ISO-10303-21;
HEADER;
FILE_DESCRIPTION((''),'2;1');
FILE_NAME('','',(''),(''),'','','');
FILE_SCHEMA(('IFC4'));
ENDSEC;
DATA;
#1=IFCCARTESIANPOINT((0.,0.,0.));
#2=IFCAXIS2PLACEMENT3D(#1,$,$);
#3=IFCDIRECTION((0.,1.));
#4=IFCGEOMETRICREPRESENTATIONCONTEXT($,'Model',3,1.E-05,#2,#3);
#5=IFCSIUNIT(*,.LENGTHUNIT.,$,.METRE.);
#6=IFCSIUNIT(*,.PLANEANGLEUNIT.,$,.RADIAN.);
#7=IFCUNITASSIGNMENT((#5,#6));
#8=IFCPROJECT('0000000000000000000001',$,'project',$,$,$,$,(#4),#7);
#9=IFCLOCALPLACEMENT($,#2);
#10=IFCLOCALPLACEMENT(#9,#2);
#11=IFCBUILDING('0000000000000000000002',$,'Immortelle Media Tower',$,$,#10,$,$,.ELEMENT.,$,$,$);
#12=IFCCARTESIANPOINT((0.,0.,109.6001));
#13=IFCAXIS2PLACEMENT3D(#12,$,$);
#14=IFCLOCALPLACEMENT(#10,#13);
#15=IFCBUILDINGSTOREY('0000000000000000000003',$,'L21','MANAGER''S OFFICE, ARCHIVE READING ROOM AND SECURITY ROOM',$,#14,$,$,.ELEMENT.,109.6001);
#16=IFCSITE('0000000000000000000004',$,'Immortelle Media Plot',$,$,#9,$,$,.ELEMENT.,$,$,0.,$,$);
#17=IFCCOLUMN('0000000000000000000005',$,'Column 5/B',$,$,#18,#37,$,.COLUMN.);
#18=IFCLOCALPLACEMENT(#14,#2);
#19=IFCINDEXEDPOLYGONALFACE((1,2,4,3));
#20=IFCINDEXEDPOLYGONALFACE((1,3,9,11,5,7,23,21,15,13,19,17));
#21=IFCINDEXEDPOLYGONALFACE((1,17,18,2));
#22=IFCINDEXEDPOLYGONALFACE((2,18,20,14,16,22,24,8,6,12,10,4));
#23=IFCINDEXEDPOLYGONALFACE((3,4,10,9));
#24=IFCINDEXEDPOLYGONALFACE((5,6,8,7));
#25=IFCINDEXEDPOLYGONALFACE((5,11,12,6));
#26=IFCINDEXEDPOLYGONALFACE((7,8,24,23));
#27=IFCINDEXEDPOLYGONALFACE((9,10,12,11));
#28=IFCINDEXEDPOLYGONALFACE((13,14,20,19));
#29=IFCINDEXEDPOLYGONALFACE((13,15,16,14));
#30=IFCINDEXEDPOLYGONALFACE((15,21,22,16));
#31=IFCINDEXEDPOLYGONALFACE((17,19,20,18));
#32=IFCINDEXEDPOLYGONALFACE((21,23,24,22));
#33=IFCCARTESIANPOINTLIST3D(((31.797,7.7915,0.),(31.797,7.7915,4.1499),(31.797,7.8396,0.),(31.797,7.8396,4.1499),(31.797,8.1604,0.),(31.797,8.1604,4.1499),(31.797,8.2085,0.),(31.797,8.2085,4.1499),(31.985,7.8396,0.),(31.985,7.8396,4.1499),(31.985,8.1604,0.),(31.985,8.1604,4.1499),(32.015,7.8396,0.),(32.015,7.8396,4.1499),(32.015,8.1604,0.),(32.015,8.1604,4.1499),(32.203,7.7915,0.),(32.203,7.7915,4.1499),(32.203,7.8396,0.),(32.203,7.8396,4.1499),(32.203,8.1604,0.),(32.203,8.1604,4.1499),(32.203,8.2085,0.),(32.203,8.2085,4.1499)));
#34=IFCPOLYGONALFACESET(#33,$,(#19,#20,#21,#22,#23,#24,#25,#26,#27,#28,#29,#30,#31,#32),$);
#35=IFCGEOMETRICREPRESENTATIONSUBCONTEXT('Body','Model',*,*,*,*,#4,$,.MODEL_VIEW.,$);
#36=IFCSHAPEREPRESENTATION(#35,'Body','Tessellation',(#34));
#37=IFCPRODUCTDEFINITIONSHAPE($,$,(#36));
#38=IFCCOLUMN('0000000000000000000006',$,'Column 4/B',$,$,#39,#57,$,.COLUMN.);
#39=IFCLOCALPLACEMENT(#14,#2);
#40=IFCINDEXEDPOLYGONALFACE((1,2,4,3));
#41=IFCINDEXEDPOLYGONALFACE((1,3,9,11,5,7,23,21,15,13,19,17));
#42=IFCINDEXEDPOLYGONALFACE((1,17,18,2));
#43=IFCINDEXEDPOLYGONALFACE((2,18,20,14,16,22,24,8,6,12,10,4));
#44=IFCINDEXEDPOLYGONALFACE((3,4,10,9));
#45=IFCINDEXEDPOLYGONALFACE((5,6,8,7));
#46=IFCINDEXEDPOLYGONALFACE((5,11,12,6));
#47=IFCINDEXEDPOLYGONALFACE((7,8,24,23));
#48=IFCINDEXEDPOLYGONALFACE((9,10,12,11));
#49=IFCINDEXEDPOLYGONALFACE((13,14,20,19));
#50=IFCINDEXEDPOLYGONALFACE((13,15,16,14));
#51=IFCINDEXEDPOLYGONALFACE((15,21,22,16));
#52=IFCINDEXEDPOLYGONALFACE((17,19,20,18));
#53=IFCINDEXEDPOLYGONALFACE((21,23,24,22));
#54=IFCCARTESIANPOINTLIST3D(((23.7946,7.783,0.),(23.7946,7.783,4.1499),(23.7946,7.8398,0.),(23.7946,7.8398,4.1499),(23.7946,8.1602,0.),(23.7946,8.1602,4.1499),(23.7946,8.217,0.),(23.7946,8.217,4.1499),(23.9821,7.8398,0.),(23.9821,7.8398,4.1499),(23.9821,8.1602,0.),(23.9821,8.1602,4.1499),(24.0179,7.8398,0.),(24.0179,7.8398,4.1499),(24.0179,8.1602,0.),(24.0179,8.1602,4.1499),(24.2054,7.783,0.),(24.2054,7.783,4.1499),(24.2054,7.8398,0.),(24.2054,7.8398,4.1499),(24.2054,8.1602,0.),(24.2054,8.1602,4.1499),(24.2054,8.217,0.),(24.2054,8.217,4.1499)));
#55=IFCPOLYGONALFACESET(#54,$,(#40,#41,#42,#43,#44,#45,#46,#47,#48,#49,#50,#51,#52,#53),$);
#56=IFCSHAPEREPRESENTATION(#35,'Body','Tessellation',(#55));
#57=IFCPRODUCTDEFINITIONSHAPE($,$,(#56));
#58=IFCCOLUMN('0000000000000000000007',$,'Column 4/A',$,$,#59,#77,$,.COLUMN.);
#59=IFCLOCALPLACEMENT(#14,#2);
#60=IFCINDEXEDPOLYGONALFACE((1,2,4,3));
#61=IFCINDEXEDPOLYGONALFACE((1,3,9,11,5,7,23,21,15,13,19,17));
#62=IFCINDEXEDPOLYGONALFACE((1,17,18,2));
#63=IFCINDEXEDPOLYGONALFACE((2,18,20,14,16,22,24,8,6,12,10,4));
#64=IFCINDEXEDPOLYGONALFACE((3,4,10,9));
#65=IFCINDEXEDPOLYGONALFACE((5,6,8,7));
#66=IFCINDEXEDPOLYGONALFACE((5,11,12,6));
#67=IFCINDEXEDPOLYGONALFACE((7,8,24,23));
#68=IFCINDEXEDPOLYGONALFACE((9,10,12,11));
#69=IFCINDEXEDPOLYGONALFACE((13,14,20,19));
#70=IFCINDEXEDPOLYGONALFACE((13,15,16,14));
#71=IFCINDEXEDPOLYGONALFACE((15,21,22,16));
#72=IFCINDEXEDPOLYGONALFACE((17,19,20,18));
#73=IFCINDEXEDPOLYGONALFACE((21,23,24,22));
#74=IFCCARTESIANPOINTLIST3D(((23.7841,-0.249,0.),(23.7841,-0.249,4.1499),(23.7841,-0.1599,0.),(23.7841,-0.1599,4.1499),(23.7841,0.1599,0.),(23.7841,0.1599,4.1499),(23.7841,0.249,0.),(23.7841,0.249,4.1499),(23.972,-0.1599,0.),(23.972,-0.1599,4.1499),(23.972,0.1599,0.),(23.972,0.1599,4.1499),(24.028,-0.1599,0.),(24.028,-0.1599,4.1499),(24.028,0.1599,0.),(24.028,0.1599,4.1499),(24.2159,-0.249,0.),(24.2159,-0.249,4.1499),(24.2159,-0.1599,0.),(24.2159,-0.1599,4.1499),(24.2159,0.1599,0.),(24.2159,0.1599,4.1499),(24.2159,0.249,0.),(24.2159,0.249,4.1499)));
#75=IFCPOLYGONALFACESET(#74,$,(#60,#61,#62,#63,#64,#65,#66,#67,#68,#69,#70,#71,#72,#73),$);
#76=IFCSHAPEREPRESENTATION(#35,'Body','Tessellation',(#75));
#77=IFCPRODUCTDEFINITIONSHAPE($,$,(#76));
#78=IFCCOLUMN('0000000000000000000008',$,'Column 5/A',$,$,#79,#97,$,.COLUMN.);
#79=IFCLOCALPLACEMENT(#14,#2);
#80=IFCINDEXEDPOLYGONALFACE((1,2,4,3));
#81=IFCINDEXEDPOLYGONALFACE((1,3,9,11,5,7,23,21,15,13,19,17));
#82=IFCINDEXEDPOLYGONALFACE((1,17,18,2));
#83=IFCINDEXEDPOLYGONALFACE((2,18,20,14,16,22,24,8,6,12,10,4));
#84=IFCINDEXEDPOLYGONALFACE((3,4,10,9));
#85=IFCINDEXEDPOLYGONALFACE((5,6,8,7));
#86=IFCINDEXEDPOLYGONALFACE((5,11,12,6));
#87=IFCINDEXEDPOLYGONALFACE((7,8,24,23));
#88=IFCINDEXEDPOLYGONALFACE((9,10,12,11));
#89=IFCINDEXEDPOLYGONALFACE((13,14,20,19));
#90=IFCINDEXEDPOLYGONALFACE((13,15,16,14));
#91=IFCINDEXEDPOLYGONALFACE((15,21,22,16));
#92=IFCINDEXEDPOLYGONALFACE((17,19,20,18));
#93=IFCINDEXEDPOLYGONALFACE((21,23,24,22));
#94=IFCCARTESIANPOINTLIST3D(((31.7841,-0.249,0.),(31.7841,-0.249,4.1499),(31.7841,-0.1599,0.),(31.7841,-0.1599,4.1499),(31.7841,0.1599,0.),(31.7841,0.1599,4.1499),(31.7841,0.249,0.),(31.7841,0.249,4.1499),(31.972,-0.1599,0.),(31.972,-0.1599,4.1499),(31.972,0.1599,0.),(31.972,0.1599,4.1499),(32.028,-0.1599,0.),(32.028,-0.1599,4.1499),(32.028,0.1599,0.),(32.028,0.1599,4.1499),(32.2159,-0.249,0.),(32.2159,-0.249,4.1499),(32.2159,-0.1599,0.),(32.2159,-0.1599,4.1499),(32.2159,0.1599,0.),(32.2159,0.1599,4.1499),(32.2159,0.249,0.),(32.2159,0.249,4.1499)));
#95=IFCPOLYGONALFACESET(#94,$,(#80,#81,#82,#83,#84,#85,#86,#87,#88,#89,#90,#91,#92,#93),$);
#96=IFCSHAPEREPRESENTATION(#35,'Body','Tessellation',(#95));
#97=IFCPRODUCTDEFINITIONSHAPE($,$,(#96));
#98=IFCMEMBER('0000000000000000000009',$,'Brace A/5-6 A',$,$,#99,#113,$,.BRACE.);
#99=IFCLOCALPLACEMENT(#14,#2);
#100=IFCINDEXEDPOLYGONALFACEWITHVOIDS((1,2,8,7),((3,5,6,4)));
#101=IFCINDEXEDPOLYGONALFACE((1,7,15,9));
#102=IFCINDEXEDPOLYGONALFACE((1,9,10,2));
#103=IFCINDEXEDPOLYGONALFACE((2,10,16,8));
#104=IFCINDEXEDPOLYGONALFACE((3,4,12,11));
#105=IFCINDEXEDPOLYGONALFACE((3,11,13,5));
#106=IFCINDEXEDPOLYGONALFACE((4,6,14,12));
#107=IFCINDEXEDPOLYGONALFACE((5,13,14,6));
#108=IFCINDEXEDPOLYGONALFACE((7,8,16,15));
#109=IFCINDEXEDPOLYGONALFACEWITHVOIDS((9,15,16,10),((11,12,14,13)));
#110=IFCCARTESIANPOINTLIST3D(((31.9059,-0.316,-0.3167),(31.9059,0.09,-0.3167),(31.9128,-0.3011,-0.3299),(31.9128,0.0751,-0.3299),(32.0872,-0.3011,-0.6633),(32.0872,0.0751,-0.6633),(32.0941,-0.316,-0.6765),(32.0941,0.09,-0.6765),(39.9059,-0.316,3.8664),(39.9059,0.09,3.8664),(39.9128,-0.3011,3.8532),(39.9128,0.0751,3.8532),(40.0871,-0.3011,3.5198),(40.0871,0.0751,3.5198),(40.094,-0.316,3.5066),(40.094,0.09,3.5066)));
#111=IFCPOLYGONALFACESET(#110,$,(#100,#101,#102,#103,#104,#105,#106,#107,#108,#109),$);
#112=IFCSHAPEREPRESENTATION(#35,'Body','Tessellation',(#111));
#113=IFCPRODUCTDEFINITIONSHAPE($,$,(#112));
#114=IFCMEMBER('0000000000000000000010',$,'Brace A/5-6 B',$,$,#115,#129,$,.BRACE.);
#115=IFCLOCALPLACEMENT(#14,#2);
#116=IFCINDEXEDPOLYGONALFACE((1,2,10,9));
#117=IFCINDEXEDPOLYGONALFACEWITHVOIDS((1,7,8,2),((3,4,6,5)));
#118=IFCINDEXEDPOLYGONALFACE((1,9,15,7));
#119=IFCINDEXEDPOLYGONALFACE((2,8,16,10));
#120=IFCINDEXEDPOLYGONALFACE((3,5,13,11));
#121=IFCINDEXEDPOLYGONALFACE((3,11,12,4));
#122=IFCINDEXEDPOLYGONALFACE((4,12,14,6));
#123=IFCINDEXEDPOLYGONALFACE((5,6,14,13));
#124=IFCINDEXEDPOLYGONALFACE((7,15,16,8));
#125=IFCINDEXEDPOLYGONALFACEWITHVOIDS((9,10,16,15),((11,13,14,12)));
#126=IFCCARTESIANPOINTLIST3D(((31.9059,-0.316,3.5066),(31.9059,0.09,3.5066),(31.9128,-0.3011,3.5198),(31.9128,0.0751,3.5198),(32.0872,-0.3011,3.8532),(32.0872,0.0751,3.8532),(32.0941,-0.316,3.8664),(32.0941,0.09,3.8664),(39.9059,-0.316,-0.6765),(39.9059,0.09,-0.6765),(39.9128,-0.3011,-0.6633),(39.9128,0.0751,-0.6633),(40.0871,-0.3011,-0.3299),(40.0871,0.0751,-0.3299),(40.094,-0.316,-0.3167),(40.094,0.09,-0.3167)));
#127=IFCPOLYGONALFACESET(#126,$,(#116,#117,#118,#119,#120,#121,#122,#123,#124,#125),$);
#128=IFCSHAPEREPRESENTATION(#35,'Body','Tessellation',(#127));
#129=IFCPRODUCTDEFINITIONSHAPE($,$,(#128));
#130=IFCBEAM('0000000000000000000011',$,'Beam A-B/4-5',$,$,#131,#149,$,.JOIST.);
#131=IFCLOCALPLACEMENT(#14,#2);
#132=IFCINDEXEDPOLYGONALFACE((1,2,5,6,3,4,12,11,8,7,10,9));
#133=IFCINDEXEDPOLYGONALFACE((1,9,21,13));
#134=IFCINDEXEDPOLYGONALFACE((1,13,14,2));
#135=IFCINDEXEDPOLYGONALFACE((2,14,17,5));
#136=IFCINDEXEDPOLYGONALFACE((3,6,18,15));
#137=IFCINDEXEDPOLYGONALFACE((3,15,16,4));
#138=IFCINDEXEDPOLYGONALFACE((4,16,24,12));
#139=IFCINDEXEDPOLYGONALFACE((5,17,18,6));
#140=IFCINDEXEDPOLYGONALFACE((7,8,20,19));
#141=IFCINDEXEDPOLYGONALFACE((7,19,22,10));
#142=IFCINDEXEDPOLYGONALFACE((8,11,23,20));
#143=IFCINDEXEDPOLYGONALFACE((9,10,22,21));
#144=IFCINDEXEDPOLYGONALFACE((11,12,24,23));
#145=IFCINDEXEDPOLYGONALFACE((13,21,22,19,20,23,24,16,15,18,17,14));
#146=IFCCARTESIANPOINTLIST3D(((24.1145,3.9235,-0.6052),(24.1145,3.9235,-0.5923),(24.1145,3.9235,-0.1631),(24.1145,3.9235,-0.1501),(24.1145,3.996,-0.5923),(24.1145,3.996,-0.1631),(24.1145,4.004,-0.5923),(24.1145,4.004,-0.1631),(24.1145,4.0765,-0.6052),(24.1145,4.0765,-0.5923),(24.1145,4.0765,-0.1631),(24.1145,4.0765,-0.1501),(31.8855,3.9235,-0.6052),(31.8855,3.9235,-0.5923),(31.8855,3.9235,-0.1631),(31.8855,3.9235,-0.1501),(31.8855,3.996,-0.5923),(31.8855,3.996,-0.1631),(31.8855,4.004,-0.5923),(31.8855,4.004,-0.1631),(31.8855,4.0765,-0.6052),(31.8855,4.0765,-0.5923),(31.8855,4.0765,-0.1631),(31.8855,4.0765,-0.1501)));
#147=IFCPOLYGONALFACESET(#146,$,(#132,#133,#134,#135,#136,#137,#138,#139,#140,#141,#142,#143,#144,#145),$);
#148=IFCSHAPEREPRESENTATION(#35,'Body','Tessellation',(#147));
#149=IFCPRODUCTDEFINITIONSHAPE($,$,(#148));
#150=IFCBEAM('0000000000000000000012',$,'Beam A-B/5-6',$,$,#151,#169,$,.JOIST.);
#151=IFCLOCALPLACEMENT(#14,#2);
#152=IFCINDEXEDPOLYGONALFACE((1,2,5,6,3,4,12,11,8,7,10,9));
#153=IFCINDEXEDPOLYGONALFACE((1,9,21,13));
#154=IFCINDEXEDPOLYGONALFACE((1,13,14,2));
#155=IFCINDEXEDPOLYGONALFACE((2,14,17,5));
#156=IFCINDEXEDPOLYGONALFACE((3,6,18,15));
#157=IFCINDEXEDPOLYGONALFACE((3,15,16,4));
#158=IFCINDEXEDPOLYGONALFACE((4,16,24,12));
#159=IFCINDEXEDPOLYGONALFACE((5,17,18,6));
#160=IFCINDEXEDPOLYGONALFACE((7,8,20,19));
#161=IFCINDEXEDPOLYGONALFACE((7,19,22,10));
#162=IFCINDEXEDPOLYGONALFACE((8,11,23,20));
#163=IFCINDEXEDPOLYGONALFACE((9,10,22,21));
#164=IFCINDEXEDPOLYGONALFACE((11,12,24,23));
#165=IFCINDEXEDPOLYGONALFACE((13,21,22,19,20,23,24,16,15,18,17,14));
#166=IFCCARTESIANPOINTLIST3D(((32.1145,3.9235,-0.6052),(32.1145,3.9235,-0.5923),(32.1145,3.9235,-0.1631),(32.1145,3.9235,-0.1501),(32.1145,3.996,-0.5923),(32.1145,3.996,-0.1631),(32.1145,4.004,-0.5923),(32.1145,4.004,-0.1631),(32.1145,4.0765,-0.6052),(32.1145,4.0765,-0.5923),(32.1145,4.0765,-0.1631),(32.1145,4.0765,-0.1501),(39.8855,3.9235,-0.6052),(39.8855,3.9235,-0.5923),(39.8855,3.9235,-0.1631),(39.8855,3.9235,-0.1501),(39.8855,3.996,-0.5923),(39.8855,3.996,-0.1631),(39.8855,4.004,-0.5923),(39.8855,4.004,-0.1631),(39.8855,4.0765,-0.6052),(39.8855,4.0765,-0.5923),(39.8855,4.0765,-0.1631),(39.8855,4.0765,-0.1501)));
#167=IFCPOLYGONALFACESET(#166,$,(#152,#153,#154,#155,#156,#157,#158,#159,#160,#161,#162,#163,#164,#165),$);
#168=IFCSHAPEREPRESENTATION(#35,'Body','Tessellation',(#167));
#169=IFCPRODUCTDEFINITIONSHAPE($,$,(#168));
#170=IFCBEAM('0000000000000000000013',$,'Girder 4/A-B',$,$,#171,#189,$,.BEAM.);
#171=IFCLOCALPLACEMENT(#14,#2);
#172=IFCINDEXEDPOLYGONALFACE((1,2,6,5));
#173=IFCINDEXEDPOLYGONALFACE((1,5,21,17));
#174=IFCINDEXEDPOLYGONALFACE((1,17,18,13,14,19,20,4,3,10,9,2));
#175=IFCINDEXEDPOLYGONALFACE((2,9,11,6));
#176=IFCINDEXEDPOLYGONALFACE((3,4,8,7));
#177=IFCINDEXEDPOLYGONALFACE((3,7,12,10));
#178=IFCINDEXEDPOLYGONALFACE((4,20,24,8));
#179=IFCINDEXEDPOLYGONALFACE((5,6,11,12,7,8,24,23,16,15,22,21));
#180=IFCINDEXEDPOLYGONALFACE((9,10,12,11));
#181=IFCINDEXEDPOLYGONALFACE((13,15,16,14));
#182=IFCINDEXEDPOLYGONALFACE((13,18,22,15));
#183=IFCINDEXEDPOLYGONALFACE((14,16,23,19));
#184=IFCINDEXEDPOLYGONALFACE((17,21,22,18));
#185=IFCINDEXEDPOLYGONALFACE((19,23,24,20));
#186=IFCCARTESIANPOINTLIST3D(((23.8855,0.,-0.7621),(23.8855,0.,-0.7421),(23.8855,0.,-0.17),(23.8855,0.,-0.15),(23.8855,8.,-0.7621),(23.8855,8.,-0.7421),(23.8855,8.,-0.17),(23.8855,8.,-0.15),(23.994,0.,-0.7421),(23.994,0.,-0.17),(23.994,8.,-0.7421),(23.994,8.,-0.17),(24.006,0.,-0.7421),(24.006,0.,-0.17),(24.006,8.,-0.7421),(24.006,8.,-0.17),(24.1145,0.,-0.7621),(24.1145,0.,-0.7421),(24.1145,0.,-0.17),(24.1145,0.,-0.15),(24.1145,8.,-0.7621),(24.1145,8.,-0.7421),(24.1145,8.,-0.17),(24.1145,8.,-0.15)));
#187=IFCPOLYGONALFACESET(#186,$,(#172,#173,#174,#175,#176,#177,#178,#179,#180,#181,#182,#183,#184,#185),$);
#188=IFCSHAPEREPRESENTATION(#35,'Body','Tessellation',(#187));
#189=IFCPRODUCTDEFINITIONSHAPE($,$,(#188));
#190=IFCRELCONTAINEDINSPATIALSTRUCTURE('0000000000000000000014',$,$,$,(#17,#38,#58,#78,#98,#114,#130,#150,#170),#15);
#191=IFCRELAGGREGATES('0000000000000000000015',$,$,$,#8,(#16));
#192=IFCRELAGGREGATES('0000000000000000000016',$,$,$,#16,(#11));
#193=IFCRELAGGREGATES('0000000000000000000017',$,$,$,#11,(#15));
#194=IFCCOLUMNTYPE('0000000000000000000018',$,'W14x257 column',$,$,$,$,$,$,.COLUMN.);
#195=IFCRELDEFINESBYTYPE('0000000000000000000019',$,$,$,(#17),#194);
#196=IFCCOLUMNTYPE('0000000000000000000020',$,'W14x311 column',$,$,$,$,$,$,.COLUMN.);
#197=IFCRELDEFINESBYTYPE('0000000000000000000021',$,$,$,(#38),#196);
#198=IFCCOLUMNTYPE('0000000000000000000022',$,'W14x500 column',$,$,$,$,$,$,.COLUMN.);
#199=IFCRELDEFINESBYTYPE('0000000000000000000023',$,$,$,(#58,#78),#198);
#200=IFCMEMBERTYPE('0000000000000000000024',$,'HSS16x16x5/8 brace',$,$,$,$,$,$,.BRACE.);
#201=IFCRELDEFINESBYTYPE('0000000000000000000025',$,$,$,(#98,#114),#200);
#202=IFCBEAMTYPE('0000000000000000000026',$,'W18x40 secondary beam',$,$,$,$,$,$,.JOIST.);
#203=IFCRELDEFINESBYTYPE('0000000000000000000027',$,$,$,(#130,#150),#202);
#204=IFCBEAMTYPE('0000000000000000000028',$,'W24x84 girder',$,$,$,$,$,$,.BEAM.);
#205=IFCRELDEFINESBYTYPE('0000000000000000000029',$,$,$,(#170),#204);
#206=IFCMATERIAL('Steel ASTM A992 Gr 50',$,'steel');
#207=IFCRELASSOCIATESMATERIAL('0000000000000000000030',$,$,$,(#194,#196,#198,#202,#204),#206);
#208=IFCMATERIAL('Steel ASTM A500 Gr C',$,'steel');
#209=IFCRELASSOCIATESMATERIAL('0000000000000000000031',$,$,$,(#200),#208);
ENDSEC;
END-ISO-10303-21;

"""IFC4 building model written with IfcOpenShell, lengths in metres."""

from ifc_helpers import new_model, si_unit, direction, frame, origin, origin_2d, place, context, subcontext, project, spatial, hollow_rectangle, i_section, extrude, material, material_profile, profile_set, type_object, element, save


model = new_model("IFC4")

# Units and contexts
model_context = context("Model", 3, precision=1e-05, world=origin(), true_north=direction((0.0, 1.0)))
body_context = subcontext(model_context, "Body", "Model", "MODEL_VIEW")
ifc_project = project(units=[si_unit("LENGTHUNIT", "METRE"), si_unit("PLANEANGLEUNIT", "RADIAN")], contexts=[model_context])

# Site, building, storey
site_placement = place(None, origin())
site = spatial("IfcSite", under=ifc_project, at=site_placement, Name="Immortelle Media Plot", CompositionType="ELEMENT", RefElevation=0.0)
building_placement = place(site_placement, origin())
building = spatial("IfcBuilding", under=site, at=building_placement, Name="Immortelle Media Tower", CompositionType="ELEMENT")
storey_placement = place(building_placement, frame((0.0, 0.0, 109.6001)))
storey = spatial("IfcBuildingStorey", under=building, at=storey_placement, Name="L21", Description="MANAGER'S OFFICE, ARCHIVE READING ROOM AND SECURITY ROOM", CompositionType="ELEMENT", Elevation=109.6001)

# Columns
ifc_material_1 = material(Name="Steel ASTM A992 Gr 50", Category="steel")
ifc_material_profile_1 = material_profile(ifc_material_1, i_section(OverallWidth=0.406, OverallDepth=0.417, WebThickness=0.03, FlangeThickness=0.0481, at=origin_2d()), Name="W14x257")
ifc_profile_set_1 = profile_set([ifc_material_profile_1], Name="Steel ASTM A992 Gr 50")
column_type_1 = type_object("IfcColumnType", Name="W14x257 column", PredefinedType="COLUMN", material=ifc_profile_set_1)
column_1_placement = place(storey_placement, frame((32.0, 8.0, 0.0), z_axis=(0.0, 0.0, 1.0), x_axis=(1.0, 0.0, 0.0)))
element("IfcColumn", 1, at=column_1_placement, inside=storey, type_object=column_type_1, Name="Column 5/B", PredefinedType="COLUMN", context=body_context, shape_type="SweptSolid", body=[
    extrude(i_section(OverallWidth=0.406, OverallDepth=0.417, WebThickness=0.03, FlangeThickness=0.0481, at=origin_2d()), origin(), (0.0, 0.0, 1.0), 4.1499),
])
ifc_material_profile_2 = material_profile(ifc_material_1, i_section(OverallWidth=0.4109, OverallDepth=0.4341, WebThickness=0.0359, FlangeThickness=0.0569, at=origin_2d()), Name="W14x311")
ifc_profile_set_2 = profile_set([ifc_material_profile_2], Name="Steel ASTM A992 Gr 50")
column_type_2 = type_object("IfcColumnType", Name="W14x311 column", PredefinedType="COLUMN", material=ifc_profile_set_2)
column_2_placement = place(storey_placement, frame((24.0, 8.0, 0.0), z_axis=(0.0, 0.0, 1.0), x_axis=(1.0, 0.0, 0.0)))
element("IfcColumn", 2, at=column_2_placement, inside=storey, type_object=column_type_2, Name="Column 4/B", PredefinedType="COLUMN", context=body_context, shape_type="SweptSolid", body=[
    extrude(i_section(OverallWidth=0.4109, OverallDepth=0.4341, WebThickness=0.0359, FlangeThickness=0.0569, at=origin_2d()), origin(), (0.0, 0.0, 1.0), 4.1499),
])
ifc_material_profile_3 = material_profile(ifc_material_1, i_section(OverallWidth=0.4319, OverallDepth=0.498, WebThickness=0.0559, FlangeThickness=0.0891, at=origin_2d()), Name="W14x500")
ifc_profile_set_3 = profile_set([ifc_material_profile_3], Name="Steel ASTM A992 Gr 50")
column_type_3 = type_object("IfcColumnType", Name="W14x500 column", PredefinedType="COLUMN", material=ifc_profile_set_3)
for number, where, z_axis, x_axis, name in (
    (3, (24.0, 0.0, 0.0), (0.0, 0.0, 1.0), (1.0, 0.0, 0.0), "Column 4/A"),
    (4, (32.0, 0.0, 0.0), (0.0, 0.0, 1.0), (1.0, 0.0, 0.0), "Column 5/A"),
):
    element("IfcColumn", number, at=place(storey_placement, frame(where, z_axis=z_axis, x_axis=x_axis)), inside=storey, type_object=column_type_3, Name=name, PredefinedType="COLUMN", context=body_context, shape_type="SweptSolid", body=[
        extrude(i_section(OverallWidth=0.4319, OverallDepth=0.498, WebThickness=0.0559, FlangeThickness=0.0891, at=origin_2d()), origin(), (0.0, 0.0, 1.0), 4.1499),
    ])

# Members
ifc_material_2 = material(Name="Steel ASTM A500 Gr C", Category="steel")
ifc_material_profile_4 = material_profile(ifc_material_2, hollow_rectangle(XDim=0.406, YDim=0.406, WallThickness=0.0149, at=origin_2d()), Name="HSS16x16x5/8 brace")
ifc_profile_set_4 = profile_set([ifc_material_profile_4], Name="Steel ASTM A500 Gr C")
member_type = type_object("IfcMemberType", Name="HSS16x16x5/8 brace", PredefinedType="BRACE", material=ifc_profile_set_4)
for number, where, z_axis, x_axis, name in (
    (5, (32.0, -0.113, -0.4966), (0.886167, 0.0, 0.463366), (0.0, 1.0, 0.0), "Brace A/5-6 A"),
    (6, (32.0, -0.113, 3.6865), (0.886167, 0.0, -0.463366), (0.0, 1.0, 0.0), "Brace A/5-6 B"),
):
    element("IfcMember", number, at=place(storey_placement, frame(where, z_axis=z_axis, x_axis=x_axis)), inside=storey, type_object=member_type, Name=name, PredefinedType="BRACE", context=body_context, shape_type="SweptSolid", body=[
        extrude(hollow_rectangle(XDim=0.406, YDim=0.406, WallThickness=0.0149, at=origin_2d()), origin(), (0.0, 0.0, 1.0), 9.0276),
    ])

# Beams
ifc_material_profile_5 = material_profile(ifc_material_1, i_section(OverallWidth=0.1531, OverallDepth=0.4551, WebThickness=0.0081, FlangeThickness=0.0129, at=origin_2d()), Name="W18x40")
ifc_profile_set_5 = profile_set([ifc_material_profile_5], Name="Steel ASTM A992 Gr 50")
beam_type_1 = type_object("IfcBeamType", Name="W18x40 secondary beam", PredefinedType="JOIST", material=ifc_profile_set_5)
for number, where, z_axis, x_axis, name in (
    (7, (24.1145, 4.0, -0.3777), (1.0, 0.0, 0.0), (0.0, 1.0, 0.0), "Beam A-B/4-5"),
    (8, (32.1145, 4.0, -0.3777), (1.0, 0.0, 0.0), (0.0, 1.0, 0.0), "Beam A-B/5-6"),
):
    element("IfcBeam", number, at=place(storey_placement, frame(where, z_axis=z_axis, x_axis=x_axis)), inside=storey, type_object=beam_type_1, Name=name, PredefinedType="JOIST", context=body_context, shape_type="SweptSolid", body=[
        extrude(i_section(OverallWidth=0.1531, OverallDepth=0.4551, WebThickness=0.0081, FlangeThickness=0.0129, at=origin_2d()), origin(), (0.0, 0.0, 1.0), 7.771),
    ])
ifc_material_profile_6 = material_profile(ifc_material_1, i_section(OverallWidth=0.229, OverallDepth=0.6121, WebThickness=0.012, FlangeThickness=0.02, at=origin_2d()), Name="W24x84")
ifc_profile_set_6 = profile_set([ifc_material_profile_6], Name="Steel ASTM A992 Gr 50")
beam_type_2 = type_object("IfcBeamType", Name="W24x84 girder", PredefinedType="BEAM", material=ifc_profile_set_6)
for number, where, z_axis, x_axis, name in (
    (9, (24.0, 0.0, -0.4561), (0.0, 1.0, 0.0), (-1.0, 0.0, 0.0), "Girder 4/A-B"),
):
    element("IfcBeam", number, at=place(storey_placement, frame(where, z_axis=z_axis, x_axis=x_axis)), inside=storey, type_object=beam_type_2, Name=name, PredefinedType="BEAM", context=body_context, shape_type="SweptSolid", body=[
        extrude(i_section(OverallWidth=0.229, OverallDepth=0.6121, WebThickness=0.012, FlangeThickness=0.02, at=origin_2d()), origin(), (0.0, 0.0, 1.0), 8.0),
    ])

save(model, "model.ifc")
